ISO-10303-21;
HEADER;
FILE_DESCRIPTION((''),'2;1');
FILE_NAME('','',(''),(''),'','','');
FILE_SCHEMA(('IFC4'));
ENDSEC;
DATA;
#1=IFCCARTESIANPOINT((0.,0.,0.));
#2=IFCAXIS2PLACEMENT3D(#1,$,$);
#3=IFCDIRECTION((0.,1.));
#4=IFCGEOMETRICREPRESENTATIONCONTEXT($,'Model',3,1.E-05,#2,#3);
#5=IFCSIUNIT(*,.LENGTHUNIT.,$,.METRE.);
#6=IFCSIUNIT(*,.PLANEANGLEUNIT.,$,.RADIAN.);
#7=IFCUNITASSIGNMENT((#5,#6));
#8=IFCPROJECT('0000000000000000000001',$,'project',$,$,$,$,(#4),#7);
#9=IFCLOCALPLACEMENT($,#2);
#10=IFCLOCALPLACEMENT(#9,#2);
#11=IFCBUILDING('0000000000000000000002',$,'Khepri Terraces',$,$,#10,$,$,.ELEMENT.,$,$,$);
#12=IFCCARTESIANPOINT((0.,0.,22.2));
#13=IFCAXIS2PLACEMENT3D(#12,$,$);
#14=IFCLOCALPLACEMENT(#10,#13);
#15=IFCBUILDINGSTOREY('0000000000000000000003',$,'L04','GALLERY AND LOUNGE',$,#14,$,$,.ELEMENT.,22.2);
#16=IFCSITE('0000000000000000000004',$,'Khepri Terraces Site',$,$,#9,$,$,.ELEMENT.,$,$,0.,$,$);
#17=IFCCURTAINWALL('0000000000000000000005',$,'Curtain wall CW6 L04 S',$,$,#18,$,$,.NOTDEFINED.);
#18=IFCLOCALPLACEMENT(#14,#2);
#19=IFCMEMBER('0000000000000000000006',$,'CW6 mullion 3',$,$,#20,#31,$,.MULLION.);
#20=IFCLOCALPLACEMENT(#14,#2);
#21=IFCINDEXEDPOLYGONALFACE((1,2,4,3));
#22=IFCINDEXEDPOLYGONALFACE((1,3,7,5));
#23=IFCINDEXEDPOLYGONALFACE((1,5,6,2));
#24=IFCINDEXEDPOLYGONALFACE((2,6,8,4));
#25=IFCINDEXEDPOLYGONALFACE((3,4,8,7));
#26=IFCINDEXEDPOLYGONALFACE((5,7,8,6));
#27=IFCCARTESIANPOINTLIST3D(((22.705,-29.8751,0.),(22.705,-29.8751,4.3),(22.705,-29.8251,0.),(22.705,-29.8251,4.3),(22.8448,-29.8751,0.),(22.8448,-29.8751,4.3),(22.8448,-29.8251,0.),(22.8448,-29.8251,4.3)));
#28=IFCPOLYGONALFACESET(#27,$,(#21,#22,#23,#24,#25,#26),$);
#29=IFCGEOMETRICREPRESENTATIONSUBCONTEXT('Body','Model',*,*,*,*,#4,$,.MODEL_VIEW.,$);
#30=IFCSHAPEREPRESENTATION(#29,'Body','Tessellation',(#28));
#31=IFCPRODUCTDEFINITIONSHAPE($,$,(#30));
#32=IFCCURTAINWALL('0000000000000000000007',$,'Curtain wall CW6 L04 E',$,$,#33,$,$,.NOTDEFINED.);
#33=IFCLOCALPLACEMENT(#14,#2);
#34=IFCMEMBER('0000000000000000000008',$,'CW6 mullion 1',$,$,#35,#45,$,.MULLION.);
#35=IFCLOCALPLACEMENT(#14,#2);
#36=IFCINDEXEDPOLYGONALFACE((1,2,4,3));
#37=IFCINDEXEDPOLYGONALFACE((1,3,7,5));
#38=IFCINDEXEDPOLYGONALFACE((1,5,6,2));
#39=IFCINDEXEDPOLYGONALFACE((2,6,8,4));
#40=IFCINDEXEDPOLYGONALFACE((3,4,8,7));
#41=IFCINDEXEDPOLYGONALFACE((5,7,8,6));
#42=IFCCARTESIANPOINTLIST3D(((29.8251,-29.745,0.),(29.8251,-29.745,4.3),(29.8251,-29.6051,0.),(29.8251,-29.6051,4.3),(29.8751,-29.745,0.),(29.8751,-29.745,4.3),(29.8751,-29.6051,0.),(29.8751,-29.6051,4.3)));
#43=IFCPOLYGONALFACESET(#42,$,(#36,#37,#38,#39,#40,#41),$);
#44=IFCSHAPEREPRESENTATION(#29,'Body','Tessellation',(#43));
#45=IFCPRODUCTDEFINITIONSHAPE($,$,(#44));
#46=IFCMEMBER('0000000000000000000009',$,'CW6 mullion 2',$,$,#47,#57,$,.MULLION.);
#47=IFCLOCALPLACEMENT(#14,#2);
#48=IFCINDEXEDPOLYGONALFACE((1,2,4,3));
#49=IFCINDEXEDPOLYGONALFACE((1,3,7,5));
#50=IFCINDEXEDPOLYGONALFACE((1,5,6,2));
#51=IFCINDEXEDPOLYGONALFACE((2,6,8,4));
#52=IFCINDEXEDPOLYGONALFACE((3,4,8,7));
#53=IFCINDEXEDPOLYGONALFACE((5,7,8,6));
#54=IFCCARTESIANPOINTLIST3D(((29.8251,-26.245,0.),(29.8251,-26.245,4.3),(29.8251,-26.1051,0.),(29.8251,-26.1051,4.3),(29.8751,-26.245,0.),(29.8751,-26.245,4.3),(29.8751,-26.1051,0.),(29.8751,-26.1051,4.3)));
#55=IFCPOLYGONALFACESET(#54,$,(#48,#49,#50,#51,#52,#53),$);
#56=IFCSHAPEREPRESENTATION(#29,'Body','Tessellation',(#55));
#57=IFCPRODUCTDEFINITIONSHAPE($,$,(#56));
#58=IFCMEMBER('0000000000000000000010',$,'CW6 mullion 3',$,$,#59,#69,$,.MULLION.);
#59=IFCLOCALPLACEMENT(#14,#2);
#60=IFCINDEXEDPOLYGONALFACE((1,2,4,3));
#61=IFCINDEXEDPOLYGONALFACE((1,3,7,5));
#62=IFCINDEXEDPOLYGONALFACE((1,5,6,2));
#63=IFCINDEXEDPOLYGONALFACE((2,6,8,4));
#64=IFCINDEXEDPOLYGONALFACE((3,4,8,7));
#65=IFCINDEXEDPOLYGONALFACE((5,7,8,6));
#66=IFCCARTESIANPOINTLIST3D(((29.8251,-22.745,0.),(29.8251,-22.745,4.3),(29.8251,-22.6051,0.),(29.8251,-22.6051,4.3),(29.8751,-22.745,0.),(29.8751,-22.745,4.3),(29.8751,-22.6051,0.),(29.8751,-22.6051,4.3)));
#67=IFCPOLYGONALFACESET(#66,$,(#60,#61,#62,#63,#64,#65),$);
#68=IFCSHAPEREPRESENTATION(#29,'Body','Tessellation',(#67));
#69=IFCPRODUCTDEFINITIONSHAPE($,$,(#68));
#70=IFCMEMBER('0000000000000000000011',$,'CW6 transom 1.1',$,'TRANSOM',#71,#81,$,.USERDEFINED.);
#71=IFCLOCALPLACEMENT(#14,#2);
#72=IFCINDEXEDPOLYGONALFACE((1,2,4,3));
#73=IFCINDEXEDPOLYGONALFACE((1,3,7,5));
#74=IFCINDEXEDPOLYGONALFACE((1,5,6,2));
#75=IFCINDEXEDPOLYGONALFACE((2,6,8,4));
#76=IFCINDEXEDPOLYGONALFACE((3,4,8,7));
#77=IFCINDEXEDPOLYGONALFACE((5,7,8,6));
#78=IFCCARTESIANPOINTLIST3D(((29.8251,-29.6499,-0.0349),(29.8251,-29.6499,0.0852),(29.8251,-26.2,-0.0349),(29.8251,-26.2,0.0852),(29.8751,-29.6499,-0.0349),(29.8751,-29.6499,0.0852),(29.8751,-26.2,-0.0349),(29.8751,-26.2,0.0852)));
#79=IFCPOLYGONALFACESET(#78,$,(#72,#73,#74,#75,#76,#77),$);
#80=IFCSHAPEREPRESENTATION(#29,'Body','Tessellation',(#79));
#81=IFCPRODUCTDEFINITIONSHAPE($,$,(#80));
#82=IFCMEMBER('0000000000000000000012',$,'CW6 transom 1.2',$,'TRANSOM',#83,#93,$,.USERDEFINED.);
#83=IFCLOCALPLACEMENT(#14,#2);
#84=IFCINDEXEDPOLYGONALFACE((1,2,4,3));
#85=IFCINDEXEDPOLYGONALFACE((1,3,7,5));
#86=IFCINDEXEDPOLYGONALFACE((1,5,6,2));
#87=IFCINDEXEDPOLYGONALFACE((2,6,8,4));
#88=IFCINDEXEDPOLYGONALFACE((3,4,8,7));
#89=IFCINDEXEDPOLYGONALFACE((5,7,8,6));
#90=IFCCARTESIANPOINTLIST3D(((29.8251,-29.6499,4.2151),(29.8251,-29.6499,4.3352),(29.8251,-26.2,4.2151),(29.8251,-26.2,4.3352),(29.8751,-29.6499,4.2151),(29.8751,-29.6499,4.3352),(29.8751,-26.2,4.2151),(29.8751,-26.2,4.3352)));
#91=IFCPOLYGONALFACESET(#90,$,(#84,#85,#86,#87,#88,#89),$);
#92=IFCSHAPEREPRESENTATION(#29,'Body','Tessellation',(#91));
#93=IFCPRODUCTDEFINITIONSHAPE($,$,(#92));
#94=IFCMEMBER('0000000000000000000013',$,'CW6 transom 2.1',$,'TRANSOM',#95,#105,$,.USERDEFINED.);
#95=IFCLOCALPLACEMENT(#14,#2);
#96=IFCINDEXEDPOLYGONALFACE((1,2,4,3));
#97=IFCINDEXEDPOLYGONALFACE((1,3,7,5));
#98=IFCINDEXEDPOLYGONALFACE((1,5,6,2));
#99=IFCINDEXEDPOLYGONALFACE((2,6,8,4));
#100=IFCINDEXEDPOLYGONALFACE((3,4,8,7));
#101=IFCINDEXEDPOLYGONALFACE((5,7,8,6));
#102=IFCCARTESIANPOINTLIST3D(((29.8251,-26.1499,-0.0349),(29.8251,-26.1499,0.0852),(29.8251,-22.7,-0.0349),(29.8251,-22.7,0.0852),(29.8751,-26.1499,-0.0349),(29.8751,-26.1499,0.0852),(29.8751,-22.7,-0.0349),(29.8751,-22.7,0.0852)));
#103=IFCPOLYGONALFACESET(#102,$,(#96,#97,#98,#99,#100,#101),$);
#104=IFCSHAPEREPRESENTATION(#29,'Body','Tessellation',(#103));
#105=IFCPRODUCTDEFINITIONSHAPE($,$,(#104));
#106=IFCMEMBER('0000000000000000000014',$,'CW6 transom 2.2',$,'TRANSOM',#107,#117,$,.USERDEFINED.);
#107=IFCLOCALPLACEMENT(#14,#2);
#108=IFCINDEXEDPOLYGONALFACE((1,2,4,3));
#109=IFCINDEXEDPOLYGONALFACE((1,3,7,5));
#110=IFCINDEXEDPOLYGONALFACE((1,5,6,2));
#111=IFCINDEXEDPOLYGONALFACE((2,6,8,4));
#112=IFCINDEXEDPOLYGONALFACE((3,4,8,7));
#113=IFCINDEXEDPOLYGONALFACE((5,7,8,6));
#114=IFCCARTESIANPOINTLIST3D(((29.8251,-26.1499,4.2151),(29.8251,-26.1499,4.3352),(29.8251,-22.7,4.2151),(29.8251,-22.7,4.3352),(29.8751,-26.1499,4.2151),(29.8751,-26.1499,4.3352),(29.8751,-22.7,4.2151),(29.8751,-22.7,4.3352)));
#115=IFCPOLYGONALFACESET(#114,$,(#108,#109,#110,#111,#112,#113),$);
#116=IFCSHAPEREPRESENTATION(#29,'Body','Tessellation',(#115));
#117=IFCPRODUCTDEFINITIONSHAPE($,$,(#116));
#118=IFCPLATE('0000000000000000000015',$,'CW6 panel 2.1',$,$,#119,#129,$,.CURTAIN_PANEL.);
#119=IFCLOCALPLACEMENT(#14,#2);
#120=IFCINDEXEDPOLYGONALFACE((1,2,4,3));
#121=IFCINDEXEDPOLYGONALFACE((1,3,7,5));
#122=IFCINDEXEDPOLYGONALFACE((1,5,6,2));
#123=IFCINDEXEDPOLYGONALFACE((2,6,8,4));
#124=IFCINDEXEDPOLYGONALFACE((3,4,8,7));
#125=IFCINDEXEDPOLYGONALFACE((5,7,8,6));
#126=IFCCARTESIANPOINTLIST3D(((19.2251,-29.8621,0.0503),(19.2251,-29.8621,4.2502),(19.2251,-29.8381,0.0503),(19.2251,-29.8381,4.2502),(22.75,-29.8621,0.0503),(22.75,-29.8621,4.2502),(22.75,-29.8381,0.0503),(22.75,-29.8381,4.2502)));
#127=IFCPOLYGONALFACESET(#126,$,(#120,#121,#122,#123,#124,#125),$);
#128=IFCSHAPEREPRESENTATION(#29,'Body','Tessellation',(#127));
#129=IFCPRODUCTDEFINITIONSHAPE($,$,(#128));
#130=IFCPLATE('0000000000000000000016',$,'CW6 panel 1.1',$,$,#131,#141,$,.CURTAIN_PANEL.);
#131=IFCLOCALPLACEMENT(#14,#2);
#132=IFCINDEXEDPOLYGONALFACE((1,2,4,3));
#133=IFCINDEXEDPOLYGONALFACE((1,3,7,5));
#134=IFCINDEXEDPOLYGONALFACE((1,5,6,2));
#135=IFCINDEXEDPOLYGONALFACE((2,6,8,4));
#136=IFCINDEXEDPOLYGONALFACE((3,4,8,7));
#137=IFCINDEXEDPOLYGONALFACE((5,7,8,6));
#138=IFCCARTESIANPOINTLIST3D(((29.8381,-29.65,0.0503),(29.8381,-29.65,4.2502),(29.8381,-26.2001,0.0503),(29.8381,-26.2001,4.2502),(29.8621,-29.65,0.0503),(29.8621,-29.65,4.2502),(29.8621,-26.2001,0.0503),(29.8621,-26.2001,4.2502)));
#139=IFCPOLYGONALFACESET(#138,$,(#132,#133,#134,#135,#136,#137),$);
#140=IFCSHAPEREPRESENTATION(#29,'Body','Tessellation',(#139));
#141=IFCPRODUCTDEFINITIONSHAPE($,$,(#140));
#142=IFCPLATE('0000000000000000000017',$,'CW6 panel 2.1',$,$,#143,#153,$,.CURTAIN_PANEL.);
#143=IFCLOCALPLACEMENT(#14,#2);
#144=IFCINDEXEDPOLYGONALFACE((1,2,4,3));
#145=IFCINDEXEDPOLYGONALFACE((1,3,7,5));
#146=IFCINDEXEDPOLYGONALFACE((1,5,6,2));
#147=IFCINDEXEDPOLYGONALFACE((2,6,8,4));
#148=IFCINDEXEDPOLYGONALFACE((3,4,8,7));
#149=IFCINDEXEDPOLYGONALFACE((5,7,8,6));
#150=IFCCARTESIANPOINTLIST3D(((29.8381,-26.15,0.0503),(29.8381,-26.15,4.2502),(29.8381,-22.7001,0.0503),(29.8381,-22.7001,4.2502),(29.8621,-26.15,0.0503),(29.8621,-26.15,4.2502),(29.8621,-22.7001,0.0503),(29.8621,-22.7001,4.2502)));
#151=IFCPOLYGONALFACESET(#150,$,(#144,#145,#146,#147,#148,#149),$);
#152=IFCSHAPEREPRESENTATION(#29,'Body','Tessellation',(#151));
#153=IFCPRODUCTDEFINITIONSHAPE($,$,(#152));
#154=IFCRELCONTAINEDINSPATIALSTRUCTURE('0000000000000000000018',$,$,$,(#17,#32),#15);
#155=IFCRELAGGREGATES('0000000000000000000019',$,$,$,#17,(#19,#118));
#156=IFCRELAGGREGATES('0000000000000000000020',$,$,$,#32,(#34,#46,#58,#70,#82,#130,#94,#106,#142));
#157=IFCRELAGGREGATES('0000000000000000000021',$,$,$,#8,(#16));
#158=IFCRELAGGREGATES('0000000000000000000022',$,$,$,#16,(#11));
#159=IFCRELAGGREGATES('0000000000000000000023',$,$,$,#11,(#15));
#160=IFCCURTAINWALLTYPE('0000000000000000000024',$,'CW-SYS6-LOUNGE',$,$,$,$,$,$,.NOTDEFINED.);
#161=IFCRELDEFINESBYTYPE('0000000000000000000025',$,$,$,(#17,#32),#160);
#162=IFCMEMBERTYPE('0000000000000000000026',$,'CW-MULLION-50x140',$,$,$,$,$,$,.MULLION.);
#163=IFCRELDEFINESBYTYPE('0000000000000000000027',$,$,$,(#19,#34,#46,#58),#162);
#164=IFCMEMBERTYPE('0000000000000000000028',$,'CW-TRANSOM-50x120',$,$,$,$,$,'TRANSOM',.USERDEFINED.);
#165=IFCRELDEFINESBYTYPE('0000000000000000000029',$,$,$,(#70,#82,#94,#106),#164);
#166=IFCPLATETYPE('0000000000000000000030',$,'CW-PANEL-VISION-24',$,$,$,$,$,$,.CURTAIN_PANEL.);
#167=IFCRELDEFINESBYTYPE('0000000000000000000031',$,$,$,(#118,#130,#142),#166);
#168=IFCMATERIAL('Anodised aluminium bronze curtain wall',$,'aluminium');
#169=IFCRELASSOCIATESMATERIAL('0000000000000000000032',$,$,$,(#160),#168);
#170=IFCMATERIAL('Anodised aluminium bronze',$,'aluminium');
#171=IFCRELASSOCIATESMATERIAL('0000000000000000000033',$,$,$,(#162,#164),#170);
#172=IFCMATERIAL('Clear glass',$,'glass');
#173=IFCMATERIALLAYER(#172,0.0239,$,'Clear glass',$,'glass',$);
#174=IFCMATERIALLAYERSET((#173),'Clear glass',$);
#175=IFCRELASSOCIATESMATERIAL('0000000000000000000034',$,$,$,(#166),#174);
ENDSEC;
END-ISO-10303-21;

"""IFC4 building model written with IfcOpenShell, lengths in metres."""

from ifc_helpers import new_model, si_unit, direction, frame, origin, origin_2d, place, context, subcontext, project, spatial, rectangle, extrude, material, layer, layer_set, material_profile, profile_set, type_object, element, aggregate, save


model = new_model("IFC4")

# Units and contexts
model_context = context("Model", 3, precision=1e-05, world=origin(), true_north=direction((0.0, 1.0)))
body_context = subcontext(model_context, "Body", "Model", "MODEL_VIEW")
ifc_project = project(units=[si_unit("LENGTHUNIT", "METRE"), si_unit("PLANEANGLEUNIT", "RADIAN")], contexts=[model_context])

# Site, building, storey
site_placement = place(None, origin())
site = spatial("IfcSite", under=ifc_project, at=site_placement, Name="Khepri Terraces Site", CompositionType="ELEMENT", RefElevation=0.0)
building_placement = place(site_placement, origin())
building = spatial("IfcBuilding", under=site, at=building_placement, Name="Khepri Terraces", CompositionType="ELEMENT")
storey_placement = place(building_placement, frame((0.0, 0.0, 22.2)))
storey = spatial("IfcBuildingStorey", under=building, at=storey_placement, Name="L04", Description="GALLERY AND LOUNGE", CompositionType="ELEMENT", Elevation=22.2)

# Curtain wall, member
ifc_material_1 = material(Name="Anodised aluminium bronze curtain wall", Category="aluminium")
curtain_wall_type = type_object("IfcCurtainWallType", Name="CW-SYS6-LOUNGE", PredefinedType="NOTDEFINED", material=ifc_material_1)
curtain_wall_1_placement = place(storey_placement, origin())
curtain_wall_1 = element("IfcCurtainWall", 1, at=curtain_wall_1_placement, inside=storey, type_object=curtain_wall_type, Name="Curtain wall CW6 L04 S", PredefinedType="NOTDEFINED")
ifc_material_2 = material(Name="Anodised aluminium bronze", Category="aluminium")
ifc_material_profile_1 = material_profile(ifc_material_2, rectangle(XDim=0.05, YDim=0.1399, at=origin_2d()), Name="Anodised aluminium bronze", Category="aluminium")
ifc_profile_set_1 = profile_set([ifc_material_profile_1], Name="Anodised aluminium bronze")
member_type_1 = type_object("IfcMemberType", Name="CW-MULLION-50x140", PredefinedType="MULLION", material=ifc_profile_set_1)
member_1_placement = place(storey_placement, frame((22.7749, -29.8501, 0.0), z_axis=(0.0, 0.0, 1.0), x_axis=(0.0, 1.0, 0.0)))
member_1 = element("IfcMember", 2, at=member_1_placement, type_object=member_type_1, Name="CW6 mullion 3", PredefinedType="MULLION", context=body_context, shape_type="SweptSolid", body=[
    extrude(rectangle(XDim=0.05, YDim=0.1399, at=origin_2d()), origin(), (0.0, 0.0, 1.0), 4.3),
])

# Curtain wall, members
curtain_wall_2_placement = place(storey_placement, origin())
curtain_wall_2 = element("IfcCurtainWall", 3, at=curtain_wall_2_placement, inside=storey, type_object=curtain_wall_type, Name="Curtain wall CW6 L04 E", PredefinedType="NOTDEFINED")
member_2_placement = place(storey_placement, frame((29.8501, -29.675, 0.0), z_axis=(0.0, 0.0, 1.0), x_axis=(-1.0, 0.0, 0.0)))
member_2 = element("IfcMember", 4, at=member_2_placement, type_object=member_type_1, Name="CW6 mullion 1", PredefinedType="MULLION", context=body_context, shape_type="SweptSolid", body=[
    extrude(rectangle(XDim=0.05, YDim=0.1399, at=origin_2d()), origin(), (0.0, 0.0, 1.0), 4.3),
])
member_3_placement = place(storey_placement, frame((29.8501, -26.175, 0.0), z_axis=(0.0, 0.0, 1.0), x_axis=(-1.0, 0.0, 0.0)))
member_3 = element("IfcMember", 5, at=member_3_placement, type_object=member_type_1, Name="CW6 mullion 2", PredefinedType="MULLION", context=body_context, shape_type="SweptSolid", body=[
    extrude(rectangle(XDim=0.05, YDim=0.1399, at=origin_2d()), origin(), (0.0, 0.0, 1.0), 4.3),
])
member_4_placement = place(storey_placement, frame((29.8501, -22.675, 0.0), z_axis=(0.0, 0.0, 1.0), x_axis=(-1.0, 0.0, 0.0)))
member_4 = element("IfcMember", 6, at=member_4_placement, type_object=member_type_1, Name="CW6 mullion 3", PredefinedType="MULLION", context=body_context, shape_type="SweptSolid", body=[
    extrude(rectangle(XDim=0.05, YDim=0.1399, at=origin_2d()), origin(), (0.0, 0.0, 1.0), 4.3),
])
ifc_material_profile_2 = material_profile(ifc_material_2, rectangle(XDim=0.05, YDim=0.1201, at=origin_2d()), Name="Anodised aluminium bronze", Category="aluminium")
ifc_profile_set_2 = profile_set([ifc_material_profile_2], Name="Anodised aluminium bronze")
member_type_2 = type_object("IfcMemberType", Name="CW-TRANSOM-50x120", ElementType="TRANSOM", PredefinedType="USERDEFINED", material=ifc_profile_set_2)
member_5_placement = place(storey_placement, frame((29.8501, -29.6499, 0.0251), z_axis=(0.0, 1.0, 0.0), x_axis=(-1.0, 0.0, 0.0)))
member_5 = element("IfcMember", 7, at=member_5_placement, type_object=member_type_2, Name="CW6 transom 1.1", ObjectType="TRANSOM", PredefinedType="USERDEFINED", context=body_context, shape_type="SweptSolid", body=[
    extrude(rectangle(XDim=0.05, YDim=0.1201, at=origin_2d()), origin(), (0.0, 0.0, 1.0), 3.45),
])
member_6_placement = place(storey_placement, frame((29.8501, -29.6499, 4.2751), z_axis=(0.0, 1.0, 0.0), x_axis=(-1.0, 0.0, 0.0)))
member_6 = element("IfcMember", 8, at=member_6_placement, type_object=member_type_2, Name="CW6 transom 1.2", ObjectType="TRANSOM", PredefinedType="USERDEFINED", context=body_context, shape_type="SweptSolid", body=[
    extrude(rectangle(XDim=0.05, YDim=0.1201, at=origin_2d()), origin(), (0.0, 0.0, 1.0), 3.45),
])
member_7_placement = place(storey_placement, frame((29.8501, -26.1499, 0.0251), z_axis=(0.0, 1.0, 0.0), x_axis=(-1.0, 0.0, 0.0)))
member_7 = element("IfcMember", 9, at=member_7_placement, type_object=member_type_2, Name="CW6 transom 2.1", ObjectType="TRANSOM", PredefinedType="USERDEFINED", context=body_context, shape_type="SweptSolid", body=[
    extrude(rectangle(XDim=0.05, YDim=0.1201, at=origin_2d()), origin(), (0.0, 0.0, 1.0), 3.45),
])
member_8_placement = place(storey_placement, frame((29.8501, -26.1499, 4.2751), z_axis=(0.0, 1.0, 0.0), x_axis=(-1.0, 0.0, 0.0)))
member_8 = element("IfcMember", 10, at=member_8_placement, type_object=member_type_2, Name="CW6 transom 2.2", ObjectType="TRANSOM", PredefinedType="USERDEFINED", context=body_context, shape_type="SweptSolid", body=[
    extrude(rectangle(XDim=0.05, YDim=0.1201, at=origin_2d()), origin(), (0.0, 0.0, 1.0), 3.45),
])

# Plates
ifc_material_3 = material(Name="Clear glass", Category="glass")
ifc_layer_1 = layer(ifc_material_3, 0.0239, Name="Clear glass", Category="glass")
ifc_layer_set_1 = layer_set([ifc_layer_1], Name="Clear glass")
plate_type = type_object("IfcPlateType", Name="CW-PANEL-VISION-24", PredefinedType="CURTAIN_PANEL", material=ifc_layer_set_1)
plate_1_placement = place(storey_placement, frame((20.9875, -29.8501, 0.0503), z_axis=(0.0, 0.0, 1.0), x_axis=(1.0, 0.0, 0.0)))
plate_1 = element("IfcPlate", 11, at=plate_1_placement, type_object=plate_type, Name="CW6 panel 2.1", PredefinedType="CURTAIN_PANEL", context=body_context, shape_type="SweptSolid", body=[
    extrude(rectangle(XDim=3.5249, YDim=0.0239, at=origin_2d()), origin(), (0.0, 0.0, 1.0), 4.2),
])
aggregate(curtain_wall_1, [member_1, plate_1])
plate_2_placement = place(storey_placement, frame((29.8501, -27.925, 0.0503), z_axis=(0.0, 0.0, 1.0), x_axis=(0.0, 1.0, 0.0)))
plate_2 = element("IfcPlate", 12, at=plate_2_placement, type_object=plate_type, Name="CW6 panel 1.1", PredefinedType="CURTAIN_PANEL", context=body_context, shape_type="SweptSolid", body=[
    extrude(rectangle(XDim=3.45, YDim=0.0239, at=origin_2d()), origin(), (0.0, 0.0, 1.0), 4.2),
])
plate_3_placement = place(storey_placement, frame((29.8501, -24.425, 0.0503), z_axis=(0.0, 0.0, 1.0), x_axis=(0.0, 1.0, 0.0)))
plate_3 = element("IfcPlate", 13, at=plate_3_placement, type_object=plate_type, Name="CW6 panel 2.1", PredefinedType="CURTAIN_PANEL", context=body_context, shape_type="SweptSolid", body=[
    extrude(rectangle(XDim=3.45, YDim=0.0239, at=origin_2d()), origin(), (0.0, 0.0, 1.0), 4.2),
])
aggregate(curtain_wall_2, [member_2, member_3, member_4, member_5, member_6, plate_2, member_7, member_8, plate_3])

save(model, "model.ifc")
